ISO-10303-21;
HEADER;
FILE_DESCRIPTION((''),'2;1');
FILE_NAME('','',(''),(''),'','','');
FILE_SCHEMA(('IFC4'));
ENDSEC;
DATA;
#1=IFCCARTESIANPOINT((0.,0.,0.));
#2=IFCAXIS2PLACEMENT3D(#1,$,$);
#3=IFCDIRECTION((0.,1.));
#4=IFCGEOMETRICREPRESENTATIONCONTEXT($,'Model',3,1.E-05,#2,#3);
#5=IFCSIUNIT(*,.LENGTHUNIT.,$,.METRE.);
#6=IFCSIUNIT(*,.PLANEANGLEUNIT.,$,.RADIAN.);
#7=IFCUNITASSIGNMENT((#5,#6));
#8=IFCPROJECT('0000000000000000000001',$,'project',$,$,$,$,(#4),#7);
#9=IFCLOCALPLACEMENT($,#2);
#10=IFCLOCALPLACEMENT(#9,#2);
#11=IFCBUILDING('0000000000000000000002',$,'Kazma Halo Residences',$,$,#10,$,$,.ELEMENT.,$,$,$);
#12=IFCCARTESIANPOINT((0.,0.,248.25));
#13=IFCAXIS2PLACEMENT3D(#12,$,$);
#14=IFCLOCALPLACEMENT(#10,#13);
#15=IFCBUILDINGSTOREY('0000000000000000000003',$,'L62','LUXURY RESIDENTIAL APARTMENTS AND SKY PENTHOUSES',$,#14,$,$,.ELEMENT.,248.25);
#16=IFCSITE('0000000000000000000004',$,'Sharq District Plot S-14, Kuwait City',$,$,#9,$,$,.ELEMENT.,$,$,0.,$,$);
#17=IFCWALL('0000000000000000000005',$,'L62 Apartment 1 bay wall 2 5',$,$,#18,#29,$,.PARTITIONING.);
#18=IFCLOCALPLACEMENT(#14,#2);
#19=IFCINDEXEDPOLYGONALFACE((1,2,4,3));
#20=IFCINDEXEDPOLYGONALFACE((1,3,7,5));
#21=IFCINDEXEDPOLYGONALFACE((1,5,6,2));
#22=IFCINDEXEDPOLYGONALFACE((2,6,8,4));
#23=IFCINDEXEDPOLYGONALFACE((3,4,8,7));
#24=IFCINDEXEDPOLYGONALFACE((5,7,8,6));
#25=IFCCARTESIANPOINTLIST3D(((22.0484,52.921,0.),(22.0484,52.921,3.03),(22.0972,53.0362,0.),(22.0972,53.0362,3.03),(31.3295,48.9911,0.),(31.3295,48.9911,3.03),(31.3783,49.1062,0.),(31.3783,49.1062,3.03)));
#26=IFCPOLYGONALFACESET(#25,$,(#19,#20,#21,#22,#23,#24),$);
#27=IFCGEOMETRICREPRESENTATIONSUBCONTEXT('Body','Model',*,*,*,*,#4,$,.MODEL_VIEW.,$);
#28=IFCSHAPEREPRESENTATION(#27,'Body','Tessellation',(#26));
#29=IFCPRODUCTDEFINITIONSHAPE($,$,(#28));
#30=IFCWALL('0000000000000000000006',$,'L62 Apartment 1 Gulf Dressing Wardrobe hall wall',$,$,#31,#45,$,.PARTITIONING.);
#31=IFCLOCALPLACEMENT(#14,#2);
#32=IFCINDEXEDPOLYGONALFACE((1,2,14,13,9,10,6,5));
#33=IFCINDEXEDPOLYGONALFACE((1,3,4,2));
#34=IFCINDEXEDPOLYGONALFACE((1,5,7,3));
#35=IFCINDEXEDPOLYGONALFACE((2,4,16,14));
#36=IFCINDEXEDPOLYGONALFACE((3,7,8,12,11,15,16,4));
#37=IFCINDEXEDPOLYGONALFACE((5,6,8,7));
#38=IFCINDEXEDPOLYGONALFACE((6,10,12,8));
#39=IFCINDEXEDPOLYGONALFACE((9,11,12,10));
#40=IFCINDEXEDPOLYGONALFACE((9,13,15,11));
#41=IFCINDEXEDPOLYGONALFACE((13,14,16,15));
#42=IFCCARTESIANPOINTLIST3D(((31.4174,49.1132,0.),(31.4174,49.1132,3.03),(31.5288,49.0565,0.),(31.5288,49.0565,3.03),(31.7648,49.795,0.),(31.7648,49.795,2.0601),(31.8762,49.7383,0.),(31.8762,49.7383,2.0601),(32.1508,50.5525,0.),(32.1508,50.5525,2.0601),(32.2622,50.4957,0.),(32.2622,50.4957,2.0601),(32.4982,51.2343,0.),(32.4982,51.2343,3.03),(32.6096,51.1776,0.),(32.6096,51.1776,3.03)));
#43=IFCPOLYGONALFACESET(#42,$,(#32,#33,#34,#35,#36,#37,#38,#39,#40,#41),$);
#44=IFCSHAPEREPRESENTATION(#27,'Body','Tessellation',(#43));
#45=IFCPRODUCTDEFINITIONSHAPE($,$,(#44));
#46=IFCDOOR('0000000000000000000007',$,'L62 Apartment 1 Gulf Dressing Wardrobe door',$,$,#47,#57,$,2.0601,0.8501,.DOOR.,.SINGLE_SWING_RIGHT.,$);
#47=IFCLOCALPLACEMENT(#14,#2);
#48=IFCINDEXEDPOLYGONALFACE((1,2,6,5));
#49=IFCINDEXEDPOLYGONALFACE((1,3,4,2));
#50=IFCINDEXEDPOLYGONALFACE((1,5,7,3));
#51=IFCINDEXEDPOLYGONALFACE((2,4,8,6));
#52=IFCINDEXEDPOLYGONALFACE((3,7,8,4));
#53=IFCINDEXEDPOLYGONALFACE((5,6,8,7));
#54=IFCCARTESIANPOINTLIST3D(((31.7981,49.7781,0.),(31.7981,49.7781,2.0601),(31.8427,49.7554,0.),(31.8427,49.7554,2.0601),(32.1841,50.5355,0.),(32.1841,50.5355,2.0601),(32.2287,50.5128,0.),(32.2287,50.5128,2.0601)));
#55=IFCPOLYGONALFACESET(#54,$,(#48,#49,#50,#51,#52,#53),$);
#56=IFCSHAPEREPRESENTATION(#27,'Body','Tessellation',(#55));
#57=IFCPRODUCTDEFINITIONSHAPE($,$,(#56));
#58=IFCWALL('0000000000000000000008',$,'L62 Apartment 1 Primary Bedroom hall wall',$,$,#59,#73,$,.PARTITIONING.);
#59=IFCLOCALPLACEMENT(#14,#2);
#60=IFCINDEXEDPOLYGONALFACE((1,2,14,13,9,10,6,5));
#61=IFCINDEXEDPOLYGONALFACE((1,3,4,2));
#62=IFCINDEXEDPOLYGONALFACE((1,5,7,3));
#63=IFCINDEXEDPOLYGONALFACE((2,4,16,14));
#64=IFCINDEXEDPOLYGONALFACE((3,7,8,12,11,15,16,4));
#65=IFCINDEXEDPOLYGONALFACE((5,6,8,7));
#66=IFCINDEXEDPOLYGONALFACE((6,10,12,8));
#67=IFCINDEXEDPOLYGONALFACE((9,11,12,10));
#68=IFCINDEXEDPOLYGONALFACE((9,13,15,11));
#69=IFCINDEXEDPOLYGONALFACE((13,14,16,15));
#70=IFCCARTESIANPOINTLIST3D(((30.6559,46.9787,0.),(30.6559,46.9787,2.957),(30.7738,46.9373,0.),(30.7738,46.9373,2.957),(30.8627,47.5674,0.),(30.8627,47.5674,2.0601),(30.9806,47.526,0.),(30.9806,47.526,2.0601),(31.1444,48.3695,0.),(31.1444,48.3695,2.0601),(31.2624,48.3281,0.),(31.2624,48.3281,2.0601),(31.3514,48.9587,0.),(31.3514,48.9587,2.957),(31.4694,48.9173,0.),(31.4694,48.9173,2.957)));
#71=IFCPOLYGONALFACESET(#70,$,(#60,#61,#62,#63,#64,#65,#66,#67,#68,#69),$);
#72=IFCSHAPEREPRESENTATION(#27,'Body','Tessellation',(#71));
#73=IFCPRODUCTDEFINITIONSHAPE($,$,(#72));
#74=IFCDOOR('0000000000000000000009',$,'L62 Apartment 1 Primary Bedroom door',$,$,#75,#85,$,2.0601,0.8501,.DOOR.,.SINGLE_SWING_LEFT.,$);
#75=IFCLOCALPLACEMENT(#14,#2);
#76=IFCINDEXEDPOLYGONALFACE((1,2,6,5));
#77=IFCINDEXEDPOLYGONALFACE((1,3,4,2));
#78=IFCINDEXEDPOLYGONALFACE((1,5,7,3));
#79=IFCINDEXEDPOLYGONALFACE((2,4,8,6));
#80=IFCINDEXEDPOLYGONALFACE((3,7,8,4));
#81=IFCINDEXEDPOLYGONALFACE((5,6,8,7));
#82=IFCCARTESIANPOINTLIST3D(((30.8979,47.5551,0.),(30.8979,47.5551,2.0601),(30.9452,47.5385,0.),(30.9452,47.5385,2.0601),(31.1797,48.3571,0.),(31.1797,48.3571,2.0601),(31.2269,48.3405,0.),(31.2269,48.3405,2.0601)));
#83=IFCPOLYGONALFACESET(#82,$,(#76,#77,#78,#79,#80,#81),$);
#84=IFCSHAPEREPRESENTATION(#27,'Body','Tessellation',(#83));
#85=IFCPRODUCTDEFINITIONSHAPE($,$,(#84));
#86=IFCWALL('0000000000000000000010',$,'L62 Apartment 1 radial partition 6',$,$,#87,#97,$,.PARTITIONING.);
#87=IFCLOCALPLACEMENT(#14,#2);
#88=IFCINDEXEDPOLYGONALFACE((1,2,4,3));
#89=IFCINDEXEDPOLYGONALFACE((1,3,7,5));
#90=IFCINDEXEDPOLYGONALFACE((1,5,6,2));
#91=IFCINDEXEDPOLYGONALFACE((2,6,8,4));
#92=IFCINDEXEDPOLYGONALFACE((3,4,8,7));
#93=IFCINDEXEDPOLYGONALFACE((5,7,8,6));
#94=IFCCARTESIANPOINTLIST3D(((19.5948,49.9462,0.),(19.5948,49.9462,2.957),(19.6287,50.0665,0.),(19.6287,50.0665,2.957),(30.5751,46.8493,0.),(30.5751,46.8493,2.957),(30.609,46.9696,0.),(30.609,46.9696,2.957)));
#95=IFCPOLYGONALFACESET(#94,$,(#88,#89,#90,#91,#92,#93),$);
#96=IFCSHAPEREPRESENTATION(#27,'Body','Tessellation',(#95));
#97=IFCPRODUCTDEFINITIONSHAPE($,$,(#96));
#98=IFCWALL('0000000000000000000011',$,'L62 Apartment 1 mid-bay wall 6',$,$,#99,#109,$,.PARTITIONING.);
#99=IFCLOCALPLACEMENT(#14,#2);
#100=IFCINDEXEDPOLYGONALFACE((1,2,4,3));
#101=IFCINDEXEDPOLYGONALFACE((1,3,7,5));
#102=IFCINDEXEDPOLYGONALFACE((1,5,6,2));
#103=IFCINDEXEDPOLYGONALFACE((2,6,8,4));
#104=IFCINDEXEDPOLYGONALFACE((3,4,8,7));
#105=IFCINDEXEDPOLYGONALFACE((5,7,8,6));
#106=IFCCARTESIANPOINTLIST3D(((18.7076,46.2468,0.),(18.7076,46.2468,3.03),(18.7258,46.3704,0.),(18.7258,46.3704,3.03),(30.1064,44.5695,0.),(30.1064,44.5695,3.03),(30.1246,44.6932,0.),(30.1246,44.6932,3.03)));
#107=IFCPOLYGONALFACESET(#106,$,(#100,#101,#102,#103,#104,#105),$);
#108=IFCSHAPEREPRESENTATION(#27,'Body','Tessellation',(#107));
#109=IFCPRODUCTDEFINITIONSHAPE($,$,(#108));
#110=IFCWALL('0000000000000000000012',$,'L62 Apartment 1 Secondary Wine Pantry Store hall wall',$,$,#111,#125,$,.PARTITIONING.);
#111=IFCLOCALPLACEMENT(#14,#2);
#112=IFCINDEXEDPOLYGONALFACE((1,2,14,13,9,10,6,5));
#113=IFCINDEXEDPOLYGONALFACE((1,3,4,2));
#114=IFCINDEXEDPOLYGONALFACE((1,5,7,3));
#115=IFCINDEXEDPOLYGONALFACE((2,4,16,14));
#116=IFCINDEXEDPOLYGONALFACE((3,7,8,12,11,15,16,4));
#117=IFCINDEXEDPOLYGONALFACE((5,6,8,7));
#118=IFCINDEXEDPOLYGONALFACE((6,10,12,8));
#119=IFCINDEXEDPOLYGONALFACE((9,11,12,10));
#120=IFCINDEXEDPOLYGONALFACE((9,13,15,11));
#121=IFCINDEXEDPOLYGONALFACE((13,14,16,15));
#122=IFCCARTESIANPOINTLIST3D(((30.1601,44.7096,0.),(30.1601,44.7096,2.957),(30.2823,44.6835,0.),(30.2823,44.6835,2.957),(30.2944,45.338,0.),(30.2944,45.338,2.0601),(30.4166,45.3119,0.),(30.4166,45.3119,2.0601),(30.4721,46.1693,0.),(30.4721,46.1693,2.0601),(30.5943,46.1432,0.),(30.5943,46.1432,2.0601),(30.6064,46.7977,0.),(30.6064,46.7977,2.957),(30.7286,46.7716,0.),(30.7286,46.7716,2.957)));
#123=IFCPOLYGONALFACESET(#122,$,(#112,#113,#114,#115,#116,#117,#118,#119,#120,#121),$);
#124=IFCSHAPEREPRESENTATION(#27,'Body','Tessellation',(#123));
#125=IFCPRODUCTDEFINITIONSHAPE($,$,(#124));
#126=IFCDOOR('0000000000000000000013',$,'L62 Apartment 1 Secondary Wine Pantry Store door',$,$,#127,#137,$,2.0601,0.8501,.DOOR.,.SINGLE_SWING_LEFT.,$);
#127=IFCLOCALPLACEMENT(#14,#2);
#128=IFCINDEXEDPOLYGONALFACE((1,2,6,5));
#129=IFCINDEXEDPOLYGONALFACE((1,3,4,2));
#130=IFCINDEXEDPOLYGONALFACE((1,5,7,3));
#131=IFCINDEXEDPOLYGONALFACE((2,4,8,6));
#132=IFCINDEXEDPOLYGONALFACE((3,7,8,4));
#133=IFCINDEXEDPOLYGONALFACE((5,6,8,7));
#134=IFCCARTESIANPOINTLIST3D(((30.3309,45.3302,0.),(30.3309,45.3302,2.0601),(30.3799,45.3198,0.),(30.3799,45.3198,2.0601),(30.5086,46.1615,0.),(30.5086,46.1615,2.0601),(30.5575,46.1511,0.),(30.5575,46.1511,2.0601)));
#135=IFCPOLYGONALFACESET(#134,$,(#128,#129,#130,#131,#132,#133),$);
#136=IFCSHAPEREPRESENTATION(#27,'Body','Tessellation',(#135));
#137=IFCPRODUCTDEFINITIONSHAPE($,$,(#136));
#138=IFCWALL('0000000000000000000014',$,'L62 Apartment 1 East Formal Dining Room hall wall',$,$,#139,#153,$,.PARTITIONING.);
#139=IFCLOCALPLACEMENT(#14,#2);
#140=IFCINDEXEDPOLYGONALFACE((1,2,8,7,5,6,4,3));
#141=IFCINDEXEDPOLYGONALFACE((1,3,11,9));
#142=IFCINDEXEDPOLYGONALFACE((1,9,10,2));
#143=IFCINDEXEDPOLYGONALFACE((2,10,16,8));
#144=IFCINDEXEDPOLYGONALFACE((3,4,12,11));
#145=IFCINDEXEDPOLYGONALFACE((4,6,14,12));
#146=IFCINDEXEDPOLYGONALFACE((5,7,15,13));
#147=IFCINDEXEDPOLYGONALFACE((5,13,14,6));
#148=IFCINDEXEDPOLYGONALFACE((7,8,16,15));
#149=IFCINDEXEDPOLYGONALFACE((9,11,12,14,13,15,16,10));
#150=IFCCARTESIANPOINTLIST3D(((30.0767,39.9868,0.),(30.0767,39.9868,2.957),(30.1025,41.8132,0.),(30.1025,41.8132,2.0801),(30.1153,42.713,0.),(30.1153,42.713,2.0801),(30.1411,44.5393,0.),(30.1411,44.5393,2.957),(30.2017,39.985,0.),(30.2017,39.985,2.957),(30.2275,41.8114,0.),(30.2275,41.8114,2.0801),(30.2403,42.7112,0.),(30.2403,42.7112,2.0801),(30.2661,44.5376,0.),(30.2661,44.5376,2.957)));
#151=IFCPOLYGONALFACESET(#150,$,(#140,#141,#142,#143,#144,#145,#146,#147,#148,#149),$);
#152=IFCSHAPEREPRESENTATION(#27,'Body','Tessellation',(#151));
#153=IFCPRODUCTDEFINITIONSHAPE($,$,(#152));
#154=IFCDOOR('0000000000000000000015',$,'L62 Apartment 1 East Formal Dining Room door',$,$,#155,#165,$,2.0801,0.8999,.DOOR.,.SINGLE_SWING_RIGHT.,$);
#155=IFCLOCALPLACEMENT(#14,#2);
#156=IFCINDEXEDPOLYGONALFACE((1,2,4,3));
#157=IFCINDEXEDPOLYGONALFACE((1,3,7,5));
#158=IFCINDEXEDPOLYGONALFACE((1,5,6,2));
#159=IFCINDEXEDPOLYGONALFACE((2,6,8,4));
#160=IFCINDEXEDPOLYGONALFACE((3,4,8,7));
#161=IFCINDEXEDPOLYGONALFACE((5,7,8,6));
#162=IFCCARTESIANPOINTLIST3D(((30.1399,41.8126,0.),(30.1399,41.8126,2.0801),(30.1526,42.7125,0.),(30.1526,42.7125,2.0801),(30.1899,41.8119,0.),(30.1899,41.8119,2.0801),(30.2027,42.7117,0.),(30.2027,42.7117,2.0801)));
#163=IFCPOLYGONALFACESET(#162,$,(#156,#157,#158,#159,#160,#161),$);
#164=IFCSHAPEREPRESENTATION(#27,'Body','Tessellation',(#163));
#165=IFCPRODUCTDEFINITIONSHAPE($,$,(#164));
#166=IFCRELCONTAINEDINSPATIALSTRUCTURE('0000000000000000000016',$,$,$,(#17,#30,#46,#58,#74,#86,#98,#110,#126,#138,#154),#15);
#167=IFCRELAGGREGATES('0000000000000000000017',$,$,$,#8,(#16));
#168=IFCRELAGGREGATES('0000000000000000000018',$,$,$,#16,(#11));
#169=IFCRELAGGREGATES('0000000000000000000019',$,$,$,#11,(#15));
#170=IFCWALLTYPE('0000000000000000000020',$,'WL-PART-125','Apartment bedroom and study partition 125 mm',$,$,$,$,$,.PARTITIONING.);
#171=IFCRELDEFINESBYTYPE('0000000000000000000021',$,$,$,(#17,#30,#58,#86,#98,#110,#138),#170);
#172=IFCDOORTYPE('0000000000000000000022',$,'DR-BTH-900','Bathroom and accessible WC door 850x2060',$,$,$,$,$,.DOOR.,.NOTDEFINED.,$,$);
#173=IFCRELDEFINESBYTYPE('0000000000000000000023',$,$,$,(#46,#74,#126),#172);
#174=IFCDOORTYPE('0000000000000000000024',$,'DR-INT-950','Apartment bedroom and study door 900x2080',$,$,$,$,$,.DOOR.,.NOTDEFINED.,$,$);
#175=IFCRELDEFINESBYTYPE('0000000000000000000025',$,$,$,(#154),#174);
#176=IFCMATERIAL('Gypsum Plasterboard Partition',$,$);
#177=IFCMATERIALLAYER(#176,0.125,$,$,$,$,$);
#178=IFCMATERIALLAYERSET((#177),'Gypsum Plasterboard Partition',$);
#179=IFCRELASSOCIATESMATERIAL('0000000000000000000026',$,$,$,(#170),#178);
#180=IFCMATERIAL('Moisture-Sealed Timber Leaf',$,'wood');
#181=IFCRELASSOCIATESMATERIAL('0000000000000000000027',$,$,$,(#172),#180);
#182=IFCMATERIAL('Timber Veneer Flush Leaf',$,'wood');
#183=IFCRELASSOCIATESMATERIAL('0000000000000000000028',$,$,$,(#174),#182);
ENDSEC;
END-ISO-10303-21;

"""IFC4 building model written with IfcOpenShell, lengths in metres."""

from ifc_helpers import new_model, si_unit, direction, frame, frame_2d, origin, place, context, subcontext, project, spatial, rectangle, extrude, material, layer, layer_set, type_object, element, fill, save


model = new_model("IFC4")

# Units and contexts
model_context = context("Model", 3, precision=1e-05, world=origin(), true_north=direction((0.0, 1.0)))
body_context = subcontext(model_context, "Body", "Model", "MODEL_VIEW")
ifc_project = project(units=[si_unit("LENGTHUNIT", "METRE"), si_unit("PLANEANGLEUNIT", "RADIAN")], contexts=[model_context])

# Site, building, storey
site_placement = place(None, origin())
site = spatial("IfcSite", under=ifc_project, at=site_placement, Name="Sharq District Plot S-14, Kuwait City", CompositionType="ELEMENT", RefElevation=0.0)
building_placement = place(site_placement, origin())
building = spatial("IfcBuilding", under=site, at=building_placement, Name="Kazma Halo Residences", CompositionType="ELEMENT")
storey_placement = place(building_placement, frame((0.0, 0.0, 248.25)))
storey = spatial("IfcBuildingStorey", under=building, at=storey_placement, Name="L62", Description="LUXURY RESIDENTIAL APARTMENTS AND SKY PENTHOUSES", CompositionType="ELEMENT", Elevation=248.25)

# Wall
ifc_material_1 = material(Name="Gypsum Plasterboard Partition")
ifc_layer_1 = layer(ifc_material_1, 0.125)
ifc_layer_set_1 = layer_set([ifc_layer_1], Name="Gypsum Plasterboard Partition")
wall_type_1 = type_object("IfcWallType", Name="WL-PART-125", Description="Apartment bedroom and study partition 125 mm", PredefinedType="PARTITIONING", material=ifc_layer_set_1)
wall_1_placement = place(storey_placement, frame((31.354, 49.0486, 0.0), z_axis=(0.0, 0.0, 1.0), x_axis=(-0.920848, 0.389922, 0.0)))
element("IfcWall", 1, at=wall_1_placement, inside=storey, type_object=wall_type_1, Name="L62 Apartment 1 bay wall 2 5", PredefinedType="PARTITIONING", context=body_context, shape_type="SweptSolid", body=[
    extrude(rectangle(XDim=10.0789, YDim=0.125, at=frame_2d((5.0396, 0.0))), origin(), (0.0, 0.0, 1.0), 3.03),
])

# Walls, openings, doors
wall_2_placement = place(storey_placement, frame((32.554, 51.2061, 0.0), z_axis=(0.0, 0.0, 1.0), x_axis=(-0.45401, -0.890996, 0.0)))
wall_2 = element("IfcWall", 2, at=wall_2_placement, inside=storey, type_object=wall_type_1, Name="L62 Apartment 1 Gulf Dressing Wardrobe hall wall", PredefinedType="PARTITIONING", context=body_context, shape_type="SweptSolid", body=[
    extrude(rectangle(XDim=2.3806, YDim=0.125, at=frame_2d((1.1904, 0.0))), origin(), (0.0, 0.0, 1.0), 3.03),
])
opening_1_placement = place(wall_2_placement, frame((0.7654, 0.0, 0.0)))
opening_1 = element("IfcOpeningElement", 3, at=opening_1_placement, cuts=wall_2, PredefinedType="OPENING", context=body_context, shape_type="SweptSolid", body=[
    extrude(rectangle(XDim=0.8501, YDim=2.0601, at=frame_2d((0.425, 1.03))), frame((0.0, 0.0725, 0.0), z_axis=(0.0, -1.0, 0.0), x_axis=(1.0, 0.0, 0.0)), (0.0, 0.0, 1.0), 0.145),
])
ifc_material_2 = material(Name="Moisture-Sealed Timber Leaf", Category="wood")
door_type_1 = type_object("IfcDoorType", Name="DR-BTH-900", Description="Bathroom and accessible WC door 850x2060", OperationType="NOTDEFINED", PredefinedType="DOOR", material=ifc_material_2)
door_1_placement = place(opening_1_placement, origin())
door_1 = element("IfcDoor", 4, at=door_1_placement, inside=storey, type_object=door_type_1, Name="L62 Apartment 1 Gulf Dressing Wardrobe door", OperationType="SINGLE_SWING_RIGHT", OverallHeight=2.0601, OverallWidth=0.8501, PredefinedType="DOOR", context=body_context, shape_type="SweptSolid", body=[
    extrude(rectangle(XDim=0.8501, YDim=2.0601, at=frame_2d((0.425, 1.03))), frame((0.0, 0.0249, 0.0), z_axis=(0.0, -1.0, 0.0), x_axis=(1.0, 0.0, 0.0)), (0.0, 0.0, 1.0), 0.05),
])
fill(opening_1, door_1)
wall_3_placement = place(storey_placement, frame((31.4104, 48.938, 0.0), z_axis=(0.0, 0.0, 1.0), x_axis=(-0.331438, -0.943477, 0.0)))
wall_3 = element("IfcWall", 5, at=wall_3_placement, inside=storey, type_object=wall_type_1, Name="L62 Apartment 1 Primary Bedroom hall wall", PredefinedType="PARTITIONING", context=body_context, shape_type="SweptSolid", body=[
    extrude(rectangle(XDim=2.0986, YDim=0.125, at=frame_2d((1.0493, 0.0))), origin(), (0.0, 0.0, 1.0), 2.957),
])
opening_2_placement = place(wall_3_placement, frame((0.6245, 0.0, 0.0)))
opening_2 = element("IfcOpeningElement", 6, at=opening_2_placement, cuts=wall_3, PredefinedType="OPENING", context=body_context, shape_type="SweptSolid", body=[
    extrude(rectangle(XDim=0.8501, YDim=2.0601, at=frame_2d((0.425, 1.03))), frame((0.0, 0.0725, 0.0), z_axis=(0.0, -1.0, 0.0), x_axis=(1.0, 0.0, 0.0)), (0.0, 0.0, 1.0), 0.145),
])
door_2_placement = place(opening_2_placement, origin())
door_2 = element("IfcDoor", 7, at=door_2_placement, inside=storey, type_object=door_type_1, Name="L62 Apartment 1 Primary Bedroom door", OperationType="SINGLE_SWING_LEFT", OverallHeight=2.0601, OverallWidth=0.8501, PredefinedType="DOOR", context=body_context, shape_type="SweptSolid", body=[
    extrude(rectangle(XDim=0.8501, YDim=2.0601, at=frame_2d((0.425, 1.03))), frame((0.0, 0.0249, 0.0), z_axis=(0.0, -1.0, 0.0), x_axis=(1.0, 0.0, 0.0)), (0.0, 0.0, 1.0), 0.05),
])
fill(opening_2, door_2)

# Walls
wall_4_placement = place(storey_placement, frame((30.592, 46.9094, 0.0), z_axis=(0.0, 0.0, 1.0), x_axis=(-0.962451, 0.271455, 0.0)))
element("IfcWall", 8, at=wall_4_placement, inside=storey, type_object=wall_type_1, Name="L62 Apartment 1 radial partition 6", PredefinedType="PARTITIONING", context=body_context, shape_type="SweptSolid", body=[
    extrude(rectangle(XDim=11.4087, YDim=0.125, at=frame_2d((5.7043, 0.0))), origin(), (0.0, 0.0, 1.0), 2.957),
])
wall_5_placement = place(storey_placement, frame((30.1155, 44.6313, 0.0), z_axis=(0.0, 0.0, 1.0), x_axis=(-0.989347, 0.145576, 0.0)))
element("IfcWall", 9, at=wall_5_placement, inside=storey, type_object=wall_type_1, Name="L62 Apartment 1 mid-bay wall 6", PredefinedType="PARTITIONING", context=body_context, shape_type="SweptSolid", body=[
    extrude(rectangle(XDim=11.5215, YDim=0.125, at=frame_2d((5.7607, 0.0))), origin(), (0.0, 0.0, 1.0), 3.03),
])

# Walls, openings, doors
wall_6_placement = place(storey_placement, frame((30.6675, 46.7847, 0.0), z_axis=(0.0, 0.0, 1.0), x_axis=(-0.209006, -0.977914, 0.0)))
wall_6 = element("IfcWall", 10, at=wall_6_placement, inside=storey, type_object=wall_type_1, Name="L62 Apartment 1 Secondary Wine Pantry Store hall wall", PredefinedType="PARTITIONING", context=body_context, shape_type="SweptSolid", body=[
    extrude(rectangle(XDim=2.1353, YDim=0.125, at=frame_2d((1.0676, 0.0))), origin(), (0.0, 0.0, 1.0), 2.957),
])
opening_3_placement = place(wall_6_placement, frame((0.6426, 0.0, 0.0)))
opening_3 = element("IfcOpeningElement", 11, at=opening_3_placement, cuts=wall_6, PredefinedType="OPENING", context=body_context, shape_type="SweptSolid", body=[
    extrude(rectangle(XDim=0.8501, YDim=2.0601, at=frame_2d((0.425, 1.03))), frame((0.0, 0.0725, 0.0), z_axis=(0.0, -1.0, 0.0), x_axis=(1.0, 0.0, 0.0)), (0.0, 0.0, 1.0), 0.145),
])
door_3_placement = place(opening_3_placement, origin())
door_3 = element("IfcDoor", 12, at=door_3_placement, inside=storey, type_object=door_type_1, Name="L62 Apartment 1 Secondary Wine Pantry Store door", OperationType="SINGLE_SWING_LEFT", OverallHeight=2.0601, OverallWidth=0.8501, PredefinedType="DOOR", context=body_context, shape_type="SweptSolid", body=[
    extrude(rectangle(XDim=0.8501, YDim=2.0601, at=frame_2d((0.425, 1.03))), frame((0.0, 0.0249, 0.0), z_axis=(0.0, -1.0, 0.0), x_axis=(1.0, 0.0, 0.0)), (0.0, 0.0, 1.0), 0.05),
])
fill(opening_3, door_3)
wall_7_placement = place(storey_placement, frame((30.2036, 44.5383, 0.0), z_axis=(0.0, 0.0, 1.0), x_axis=(-0.014156, -0.9999, 0.0)))
wall_7 = element("IfcWall", 13, at=wall_7_placement, inside=storey, type_object=wall_type_1, Name="L62 Apartment 1 East Formal Dining Room hall wall", PredefinedType="PARTITIONING", context=body_context, shape_type="SweptSolid", body=[
    extrude(rectangle(XDim=4.553, YDim=0.125, at=frame_2d((2.2764, 0.0))), origin(), (0.0, 0.0, 1.0), 2.957),
])
opening_4_placement = place(wall_7_placement, frame((1.8264, 0.0, 0.0)))
opening_4 = element("IfcOpeningElement", 14, at=opening_4_placement, cuts=wall_7, PredefinedType="OPENING", context=body_context, shape_type="SweptSolid", body=[
    extrude(rectangle(XDim=0.8999, YDim=2.0801, at=frame_2d((0.45, 1.04))), frame((0.0, 0.0725, 0.0), z_axis=(0.0, -1.0, 0.0), x_axis=(1.0, 0.0, 0.0)), (0.0, 0.0, 1.0), 0.145),
])
ifc_material_3 = material(Name="Timber Veneer Flush Leaf", Category="wood")
door_type_2 = type_object("IfcDoorType", Name="DR-INT-950", Description="Apartment bedroom and study door 900x2080", OperationType="NOTDEFINED", PredefinedType="DOOR", material=ifc_material_3)
door_4_placement = place(opening_4_placement, origin())
door_4 = element("IfcDoor", 15, at=door_4_placement, inside=storey, type_object=door_type_2, Name="L62 Apartment 1 East Formal Dining Room door", OperationType="SINGLE_SWING_RIGHT", OverallHeight=2.0801, OverallWidth=0.8999, PredefinedType="DOOR", context=body_context, shape_type="SweptSolid", body=[
    extrude(rectangle(XDim=0.8999, YDim=2.0801, at=frame_2d((0.45, 1.04))), frame((0.0, 0.0249, 0.0), z_axis=(0.0, -1.0, 0.0), x_axis=(1.0, 0.0, 0.0)), (0.0, 0.0, 1.0), 0.05),
])
fill(opening_4, door_4)

save(model, "model.ifc")
